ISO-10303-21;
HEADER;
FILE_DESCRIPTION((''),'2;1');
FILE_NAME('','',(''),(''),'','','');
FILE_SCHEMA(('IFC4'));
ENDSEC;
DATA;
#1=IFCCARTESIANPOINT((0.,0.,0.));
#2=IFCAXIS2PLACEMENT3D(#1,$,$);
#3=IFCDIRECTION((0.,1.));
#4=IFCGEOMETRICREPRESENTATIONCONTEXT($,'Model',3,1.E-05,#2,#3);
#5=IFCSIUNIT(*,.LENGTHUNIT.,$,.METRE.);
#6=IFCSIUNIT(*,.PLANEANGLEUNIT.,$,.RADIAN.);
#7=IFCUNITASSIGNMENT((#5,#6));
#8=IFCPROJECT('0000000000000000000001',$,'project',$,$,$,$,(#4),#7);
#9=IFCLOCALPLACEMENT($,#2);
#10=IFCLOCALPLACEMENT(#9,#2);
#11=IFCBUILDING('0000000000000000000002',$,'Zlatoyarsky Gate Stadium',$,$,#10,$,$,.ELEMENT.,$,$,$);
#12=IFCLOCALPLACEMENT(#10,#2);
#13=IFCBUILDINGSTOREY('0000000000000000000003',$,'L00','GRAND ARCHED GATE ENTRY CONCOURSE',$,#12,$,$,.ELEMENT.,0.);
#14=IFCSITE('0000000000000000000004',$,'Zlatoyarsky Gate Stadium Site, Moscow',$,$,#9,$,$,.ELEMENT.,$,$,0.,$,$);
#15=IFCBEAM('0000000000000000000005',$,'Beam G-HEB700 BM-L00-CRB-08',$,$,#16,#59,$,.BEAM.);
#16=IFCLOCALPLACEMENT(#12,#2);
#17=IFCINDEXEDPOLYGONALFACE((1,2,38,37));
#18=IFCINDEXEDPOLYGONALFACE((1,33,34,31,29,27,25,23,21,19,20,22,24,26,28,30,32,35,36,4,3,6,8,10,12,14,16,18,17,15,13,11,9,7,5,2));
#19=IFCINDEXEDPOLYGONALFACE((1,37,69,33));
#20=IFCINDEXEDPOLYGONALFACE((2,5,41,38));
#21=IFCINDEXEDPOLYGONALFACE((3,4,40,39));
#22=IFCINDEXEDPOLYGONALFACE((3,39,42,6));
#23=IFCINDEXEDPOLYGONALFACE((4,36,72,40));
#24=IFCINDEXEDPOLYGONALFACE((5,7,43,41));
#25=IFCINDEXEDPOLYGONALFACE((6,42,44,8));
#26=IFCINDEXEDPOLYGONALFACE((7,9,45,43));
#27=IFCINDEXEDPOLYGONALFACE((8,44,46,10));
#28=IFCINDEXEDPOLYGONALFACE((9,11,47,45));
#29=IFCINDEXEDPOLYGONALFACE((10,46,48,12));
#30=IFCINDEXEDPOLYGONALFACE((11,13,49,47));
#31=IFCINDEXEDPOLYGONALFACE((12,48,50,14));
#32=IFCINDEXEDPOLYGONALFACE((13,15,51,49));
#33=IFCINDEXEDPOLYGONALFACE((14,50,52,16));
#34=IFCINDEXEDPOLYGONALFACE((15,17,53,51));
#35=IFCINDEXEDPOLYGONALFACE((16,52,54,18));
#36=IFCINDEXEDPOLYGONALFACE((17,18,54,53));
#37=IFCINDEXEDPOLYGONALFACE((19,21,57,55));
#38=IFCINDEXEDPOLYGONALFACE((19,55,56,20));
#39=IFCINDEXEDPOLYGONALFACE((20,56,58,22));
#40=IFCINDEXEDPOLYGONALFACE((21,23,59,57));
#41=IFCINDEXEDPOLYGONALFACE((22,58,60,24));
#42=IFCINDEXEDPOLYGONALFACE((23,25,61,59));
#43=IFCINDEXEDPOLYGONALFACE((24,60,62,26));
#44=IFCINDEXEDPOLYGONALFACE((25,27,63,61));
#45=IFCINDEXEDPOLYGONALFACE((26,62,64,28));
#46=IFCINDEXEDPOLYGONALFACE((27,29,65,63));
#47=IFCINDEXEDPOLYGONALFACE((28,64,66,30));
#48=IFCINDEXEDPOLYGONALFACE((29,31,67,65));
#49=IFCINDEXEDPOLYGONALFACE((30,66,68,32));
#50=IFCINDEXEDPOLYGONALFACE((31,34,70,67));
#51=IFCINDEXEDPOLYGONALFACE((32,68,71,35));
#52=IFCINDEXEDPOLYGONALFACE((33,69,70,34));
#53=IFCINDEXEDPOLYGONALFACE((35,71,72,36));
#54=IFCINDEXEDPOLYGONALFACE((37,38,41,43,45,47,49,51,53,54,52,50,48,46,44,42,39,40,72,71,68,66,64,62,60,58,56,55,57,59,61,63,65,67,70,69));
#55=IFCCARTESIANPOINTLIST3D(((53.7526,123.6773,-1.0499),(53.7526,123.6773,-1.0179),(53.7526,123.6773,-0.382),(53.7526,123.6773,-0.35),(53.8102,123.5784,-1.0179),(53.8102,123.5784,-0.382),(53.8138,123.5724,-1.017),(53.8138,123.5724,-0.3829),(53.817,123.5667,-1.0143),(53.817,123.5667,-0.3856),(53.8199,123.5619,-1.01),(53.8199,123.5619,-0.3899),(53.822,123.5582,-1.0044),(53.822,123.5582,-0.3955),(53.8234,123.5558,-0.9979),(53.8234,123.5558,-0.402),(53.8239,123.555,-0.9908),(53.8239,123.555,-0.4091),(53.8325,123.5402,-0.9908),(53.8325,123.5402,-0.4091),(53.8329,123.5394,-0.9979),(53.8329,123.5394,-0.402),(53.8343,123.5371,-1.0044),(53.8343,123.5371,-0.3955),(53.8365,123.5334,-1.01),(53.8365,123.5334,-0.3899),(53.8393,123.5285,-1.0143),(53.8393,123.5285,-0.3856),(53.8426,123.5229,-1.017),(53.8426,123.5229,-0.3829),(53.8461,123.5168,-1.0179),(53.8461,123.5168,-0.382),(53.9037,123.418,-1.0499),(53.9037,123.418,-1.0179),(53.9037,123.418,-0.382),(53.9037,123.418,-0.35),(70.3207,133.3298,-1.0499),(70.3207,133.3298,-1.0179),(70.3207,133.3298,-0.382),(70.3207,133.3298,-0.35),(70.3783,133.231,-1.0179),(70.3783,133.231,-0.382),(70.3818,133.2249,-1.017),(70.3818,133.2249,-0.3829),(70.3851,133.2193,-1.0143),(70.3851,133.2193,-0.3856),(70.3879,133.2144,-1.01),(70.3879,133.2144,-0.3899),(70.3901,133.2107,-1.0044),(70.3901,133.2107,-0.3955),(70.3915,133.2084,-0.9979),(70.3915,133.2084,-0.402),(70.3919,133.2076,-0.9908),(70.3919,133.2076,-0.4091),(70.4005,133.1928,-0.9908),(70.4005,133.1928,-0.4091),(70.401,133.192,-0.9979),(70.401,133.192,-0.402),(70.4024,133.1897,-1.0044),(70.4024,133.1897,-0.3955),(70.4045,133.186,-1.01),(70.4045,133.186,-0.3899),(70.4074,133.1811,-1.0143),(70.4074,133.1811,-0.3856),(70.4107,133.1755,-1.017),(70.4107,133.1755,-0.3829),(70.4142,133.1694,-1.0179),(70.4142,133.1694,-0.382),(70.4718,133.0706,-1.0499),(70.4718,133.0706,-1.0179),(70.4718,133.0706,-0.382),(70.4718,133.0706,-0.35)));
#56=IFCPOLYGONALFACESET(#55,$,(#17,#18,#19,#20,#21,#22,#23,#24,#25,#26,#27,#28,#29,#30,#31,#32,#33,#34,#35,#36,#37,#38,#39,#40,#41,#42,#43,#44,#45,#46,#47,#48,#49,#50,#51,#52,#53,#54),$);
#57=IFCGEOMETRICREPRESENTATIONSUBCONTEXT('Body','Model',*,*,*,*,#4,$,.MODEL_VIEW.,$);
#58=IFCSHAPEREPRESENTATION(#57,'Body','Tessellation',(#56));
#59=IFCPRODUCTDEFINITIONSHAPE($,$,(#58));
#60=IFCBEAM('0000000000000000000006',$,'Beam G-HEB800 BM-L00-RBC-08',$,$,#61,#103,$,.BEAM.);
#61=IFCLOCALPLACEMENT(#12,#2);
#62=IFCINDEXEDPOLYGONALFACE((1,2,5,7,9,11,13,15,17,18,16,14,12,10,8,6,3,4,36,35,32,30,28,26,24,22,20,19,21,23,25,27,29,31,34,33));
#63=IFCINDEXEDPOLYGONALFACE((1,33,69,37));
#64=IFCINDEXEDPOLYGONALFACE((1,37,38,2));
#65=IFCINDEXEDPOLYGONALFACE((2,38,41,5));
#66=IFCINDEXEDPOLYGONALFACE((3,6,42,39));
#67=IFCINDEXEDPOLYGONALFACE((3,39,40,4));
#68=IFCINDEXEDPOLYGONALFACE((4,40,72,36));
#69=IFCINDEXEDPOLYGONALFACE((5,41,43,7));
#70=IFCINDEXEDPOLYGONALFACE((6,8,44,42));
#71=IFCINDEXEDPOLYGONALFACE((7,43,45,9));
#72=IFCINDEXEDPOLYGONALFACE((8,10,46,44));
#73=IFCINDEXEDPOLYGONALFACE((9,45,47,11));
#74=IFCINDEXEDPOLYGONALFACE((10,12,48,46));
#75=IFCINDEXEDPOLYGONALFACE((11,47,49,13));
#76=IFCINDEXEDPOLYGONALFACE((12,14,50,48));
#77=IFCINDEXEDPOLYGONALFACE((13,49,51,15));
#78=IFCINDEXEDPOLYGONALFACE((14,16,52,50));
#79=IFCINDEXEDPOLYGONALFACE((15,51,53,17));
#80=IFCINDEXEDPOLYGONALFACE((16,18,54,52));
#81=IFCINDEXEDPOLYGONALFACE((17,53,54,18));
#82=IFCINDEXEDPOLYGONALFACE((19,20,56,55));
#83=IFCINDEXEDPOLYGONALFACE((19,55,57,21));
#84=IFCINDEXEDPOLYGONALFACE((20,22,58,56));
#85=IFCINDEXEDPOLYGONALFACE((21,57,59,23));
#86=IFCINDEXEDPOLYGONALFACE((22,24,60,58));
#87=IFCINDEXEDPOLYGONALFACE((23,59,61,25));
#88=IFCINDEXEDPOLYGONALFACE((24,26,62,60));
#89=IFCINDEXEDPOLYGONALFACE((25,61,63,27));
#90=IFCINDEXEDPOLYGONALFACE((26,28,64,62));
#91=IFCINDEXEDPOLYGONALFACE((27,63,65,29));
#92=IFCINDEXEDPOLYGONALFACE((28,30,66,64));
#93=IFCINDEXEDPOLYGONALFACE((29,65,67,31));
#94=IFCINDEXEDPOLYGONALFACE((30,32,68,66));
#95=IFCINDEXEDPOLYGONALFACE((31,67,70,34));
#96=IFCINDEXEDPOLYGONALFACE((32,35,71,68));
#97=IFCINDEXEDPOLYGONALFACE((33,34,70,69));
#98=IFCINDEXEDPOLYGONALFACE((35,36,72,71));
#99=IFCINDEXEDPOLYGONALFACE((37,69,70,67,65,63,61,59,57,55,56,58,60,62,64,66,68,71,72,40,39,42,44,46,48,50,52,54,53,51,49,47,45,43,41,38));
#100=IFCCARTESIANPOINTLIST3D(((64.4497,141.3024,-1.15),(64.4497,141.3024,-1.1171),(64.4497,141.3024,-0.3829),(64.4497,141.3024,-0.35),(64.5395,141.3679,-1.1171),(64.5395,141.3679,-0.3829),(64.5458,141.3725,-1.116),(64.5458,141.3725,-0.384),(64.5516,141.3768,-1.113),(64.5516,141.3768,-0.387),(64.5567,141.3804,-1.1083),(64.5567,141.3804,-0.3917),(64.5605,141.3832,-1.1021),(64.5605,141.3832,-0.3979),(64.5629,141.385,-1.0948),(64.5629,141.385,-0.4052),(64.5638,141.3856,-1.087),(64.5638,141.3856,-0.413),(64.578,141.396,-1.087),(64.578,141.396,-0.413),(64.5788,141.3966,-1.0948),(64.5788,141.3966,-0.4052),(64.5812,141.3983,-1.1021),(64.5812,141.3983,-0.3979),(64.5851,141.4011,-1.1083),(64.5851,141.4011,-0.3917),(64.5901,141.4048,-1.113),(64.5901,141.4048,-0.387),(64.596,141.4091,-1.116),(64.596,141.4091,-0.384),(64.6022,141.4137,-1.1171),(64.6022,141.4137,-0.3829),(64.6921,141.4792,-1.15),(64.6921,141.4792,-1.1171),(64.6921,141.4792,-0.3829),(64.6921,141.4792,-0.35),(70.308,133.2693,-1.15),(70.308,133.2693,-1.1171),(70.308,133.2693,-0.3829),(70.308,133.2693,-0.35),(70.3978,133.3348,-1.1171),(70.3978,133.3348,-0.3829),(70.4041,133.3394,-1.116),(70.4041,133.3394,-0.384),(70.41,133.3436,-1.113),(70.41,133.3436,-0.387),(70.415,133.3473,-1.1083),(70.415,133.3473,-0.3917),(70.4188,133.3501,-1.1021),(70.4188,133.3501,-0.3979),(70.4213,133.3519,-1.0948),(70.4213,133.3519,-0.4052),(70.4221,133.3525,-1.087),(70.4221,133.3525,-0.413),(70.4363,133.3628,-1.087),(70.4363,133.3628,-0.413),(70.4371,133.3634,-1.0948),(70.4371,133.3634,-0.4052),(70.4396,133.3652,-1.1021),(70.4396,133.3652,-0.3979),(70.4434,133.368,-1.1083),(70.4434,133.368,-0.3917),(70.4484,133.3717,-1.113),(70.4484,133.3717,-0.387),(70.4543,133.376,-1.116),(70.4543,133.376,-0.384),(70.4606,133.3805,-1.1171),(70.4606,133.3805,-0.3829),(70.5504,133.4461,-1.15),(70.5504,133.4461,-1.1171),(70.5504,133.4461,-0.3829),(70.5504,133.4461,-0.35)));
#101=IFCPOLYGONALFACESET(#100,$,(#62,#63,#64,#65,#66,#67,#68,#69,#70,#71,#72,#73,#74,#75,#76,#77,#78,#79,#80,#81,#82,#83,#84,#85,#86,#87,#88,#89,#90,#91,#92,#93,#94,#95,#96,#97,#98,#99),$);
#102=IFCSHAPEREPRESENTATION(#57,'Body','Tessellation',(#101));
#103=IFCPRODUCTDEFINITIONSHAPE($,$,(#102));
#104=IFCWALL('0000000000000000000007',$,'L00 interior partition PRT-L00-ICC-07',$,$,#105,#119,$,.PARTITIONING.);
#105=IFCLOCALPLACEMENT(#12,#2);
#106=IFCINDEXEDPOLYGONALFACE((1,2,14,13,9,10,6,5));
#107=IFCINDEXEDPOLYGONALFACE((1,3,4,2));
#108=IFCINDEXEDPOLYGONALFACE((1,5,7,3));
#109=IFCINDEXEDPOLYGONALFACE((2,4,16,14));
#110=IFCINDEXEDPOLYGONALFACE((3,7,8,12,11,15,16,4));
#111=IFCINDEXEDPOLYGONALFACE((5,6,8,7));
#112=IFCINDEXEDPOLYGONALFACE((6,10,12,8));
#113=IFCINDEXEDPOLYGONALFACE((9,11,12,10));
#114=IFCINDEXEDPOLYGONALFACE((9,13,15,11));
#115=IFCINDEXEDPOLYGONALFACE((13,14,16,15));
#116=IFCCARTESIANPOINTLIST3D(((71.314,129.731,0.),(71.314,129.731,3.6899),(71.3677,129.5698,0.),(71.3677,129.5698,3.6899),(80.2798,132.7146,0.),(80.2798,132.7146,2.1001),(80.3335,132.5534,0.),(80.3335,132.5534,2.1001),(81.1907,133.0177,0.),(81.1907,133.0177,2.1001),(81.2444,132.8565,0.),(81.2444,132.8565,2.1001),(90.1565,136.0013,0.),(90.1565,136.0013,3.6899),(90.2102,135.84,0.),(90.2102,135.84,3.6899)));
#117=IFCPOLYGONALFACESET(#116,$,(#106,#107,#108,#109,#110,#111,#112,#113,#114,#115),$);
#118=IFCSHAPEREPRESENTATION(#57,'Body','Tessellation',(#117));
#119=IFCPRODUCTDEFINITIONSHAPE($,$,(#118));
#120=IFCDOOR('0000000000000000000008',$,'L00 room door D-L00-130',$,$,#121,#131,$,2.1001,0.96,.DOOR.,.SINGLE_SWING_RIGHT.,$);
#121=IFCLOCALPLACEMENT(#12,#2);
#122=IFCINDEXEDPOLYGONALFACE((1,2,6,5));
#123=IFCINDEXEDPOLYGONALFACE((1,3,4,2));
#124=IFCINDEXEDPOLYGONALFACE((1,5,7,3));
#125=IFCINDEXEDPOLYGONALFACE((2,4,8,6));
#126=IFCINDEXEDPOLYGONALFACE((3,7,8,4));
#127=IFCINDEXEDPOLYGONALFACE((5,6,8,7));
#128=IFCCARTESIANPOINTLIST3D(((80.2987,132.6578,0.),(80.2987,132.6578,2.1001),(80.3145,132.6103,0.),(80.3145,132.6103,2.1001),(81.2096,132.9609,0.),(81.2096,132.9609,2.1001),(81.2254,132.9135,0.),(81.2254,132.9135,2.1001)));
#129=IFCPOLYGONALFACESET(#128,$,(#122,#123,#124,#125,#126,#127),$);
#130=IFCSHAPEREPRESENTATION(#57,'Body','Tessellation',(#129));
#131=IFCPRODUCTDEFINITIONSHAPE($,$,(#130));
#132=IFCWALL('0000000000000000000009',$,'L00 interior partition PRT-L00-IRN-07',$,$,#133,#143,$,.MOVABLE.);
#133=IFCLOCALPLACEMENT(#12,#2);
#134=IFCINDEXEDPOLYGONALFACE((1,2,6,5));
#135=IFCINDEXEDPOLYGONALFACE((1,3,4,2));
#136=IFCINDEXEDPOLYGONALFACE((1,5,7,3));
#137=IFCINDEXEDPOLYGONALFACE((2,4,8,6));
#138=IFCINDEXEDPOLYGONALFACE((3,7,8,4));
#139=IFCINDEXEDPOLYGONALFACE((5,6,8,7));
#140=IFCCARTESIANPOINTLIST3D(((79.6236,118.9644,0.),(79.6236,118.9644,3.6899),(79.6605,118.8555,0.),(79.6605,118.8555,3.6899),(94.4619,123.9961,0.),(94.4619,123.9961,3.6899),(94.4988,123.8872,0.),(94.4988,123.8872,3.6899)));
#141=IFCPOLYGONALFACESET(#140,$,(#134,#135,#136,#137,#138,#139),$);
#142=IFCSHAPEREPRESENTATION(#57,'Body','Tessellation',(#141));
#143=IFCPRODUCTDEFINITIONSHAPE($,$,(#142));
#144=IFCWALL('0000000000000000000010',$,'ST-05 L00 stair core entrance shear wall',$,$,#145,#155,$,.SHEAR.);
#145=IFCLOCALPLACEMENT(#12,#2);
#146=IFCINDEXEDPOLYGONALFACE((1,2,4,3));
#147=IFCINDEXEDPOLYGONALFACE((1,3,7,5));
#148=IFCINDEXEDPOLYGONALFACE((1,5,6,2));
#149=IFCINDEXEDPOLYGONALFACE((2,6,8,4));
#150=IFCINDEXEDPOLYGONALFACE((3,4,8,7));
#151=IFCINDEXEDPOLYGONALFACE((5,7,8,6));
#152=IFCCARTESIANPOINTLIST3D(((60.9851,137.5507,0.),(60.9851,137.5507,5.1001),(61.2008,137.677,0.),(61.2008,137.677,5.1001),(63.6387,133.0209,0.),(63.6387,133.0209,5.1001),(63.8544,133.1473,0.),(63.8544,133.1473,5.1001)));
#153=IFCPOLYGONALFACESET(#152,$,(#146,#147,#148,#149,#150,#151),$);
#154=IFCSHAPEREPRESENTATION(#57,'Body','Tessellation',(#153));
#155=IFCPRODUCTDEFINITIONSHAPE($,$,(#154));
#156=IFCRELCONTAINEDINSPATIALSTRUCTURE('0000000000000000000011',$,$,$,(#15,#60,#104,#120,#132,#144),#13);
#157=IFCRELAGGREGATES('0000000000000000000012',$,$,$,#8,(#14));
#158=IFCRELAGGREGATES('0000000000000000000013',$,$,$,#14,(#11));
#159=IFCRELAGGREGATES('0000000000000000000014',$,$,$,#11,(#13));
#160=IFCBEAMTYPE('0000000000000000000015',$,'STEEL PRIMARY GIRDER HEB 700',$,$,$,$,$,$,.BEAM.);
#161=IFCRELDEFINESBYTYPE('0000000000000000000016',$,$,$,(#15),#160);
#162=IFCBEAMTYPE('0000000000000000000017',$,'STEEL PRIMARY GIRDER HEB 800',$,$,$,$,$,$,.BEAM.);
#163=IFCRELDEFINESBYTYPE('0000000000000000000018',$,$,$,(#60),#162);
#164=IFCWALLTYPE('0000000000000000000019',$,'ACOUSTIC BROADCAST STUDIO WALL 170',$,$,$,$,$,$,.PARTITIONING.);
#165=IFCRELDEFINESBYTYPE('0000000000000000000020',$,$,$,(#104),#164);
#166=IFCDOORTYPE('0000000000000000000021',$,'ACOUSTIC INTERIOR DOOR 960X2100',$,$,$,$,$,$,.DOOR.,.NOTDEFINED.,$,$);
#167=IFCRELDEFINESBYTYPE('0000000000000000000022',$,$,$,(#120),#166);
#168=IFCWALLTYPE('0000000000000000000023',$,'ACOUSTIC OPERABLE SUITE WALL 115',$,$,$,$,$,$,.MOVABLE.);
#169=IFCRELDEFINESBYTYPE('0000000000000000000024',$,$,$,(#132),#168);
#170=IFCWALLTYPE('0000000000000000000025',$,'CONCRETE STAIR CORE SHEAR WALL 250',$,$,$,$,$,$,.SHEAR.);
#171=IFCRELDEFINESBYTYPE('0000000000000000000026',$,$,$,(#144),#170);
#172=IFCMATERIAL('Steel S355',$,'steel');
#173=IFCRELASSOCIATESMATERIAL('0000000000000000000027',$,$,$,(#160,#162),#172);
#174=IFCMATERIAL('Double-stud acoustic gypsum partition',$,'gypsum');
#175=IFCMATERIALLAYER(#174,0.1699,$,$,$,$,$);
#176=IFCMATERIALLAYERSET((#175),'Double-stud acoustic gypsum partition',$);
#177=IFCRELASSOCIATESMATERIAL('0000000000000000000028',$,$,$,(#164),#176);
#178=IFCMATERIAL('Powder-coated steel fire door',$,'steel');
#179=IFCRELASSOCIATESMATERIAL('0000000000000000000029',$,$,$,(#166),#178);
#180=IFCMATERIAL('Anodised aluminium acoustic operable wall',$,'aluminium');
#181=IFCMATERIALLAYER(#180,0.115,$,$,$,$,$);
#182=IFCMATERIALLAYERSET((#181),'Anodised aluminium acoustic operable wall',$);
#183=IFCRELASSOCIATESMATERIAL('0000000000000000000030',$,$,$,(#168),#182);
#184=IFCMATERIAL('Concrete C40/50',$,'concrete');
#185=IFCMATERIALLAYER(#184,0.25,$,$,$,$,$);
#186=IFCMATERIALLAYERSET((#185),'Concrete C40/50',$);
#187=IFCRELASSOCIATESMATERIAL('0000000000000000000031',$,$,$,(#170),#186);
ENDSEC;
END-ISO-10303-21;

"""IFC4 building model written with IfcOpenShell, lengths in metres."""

from ifc_helpers import new_model, si_unit, direction, frame, frame_2d, origin, origin_2d, place, context, subcontext, project, spatial, rectangle, i_section, extrude, material, layer, layer_set, material_profile, profile_set, type_object, element, fill, save


model = new_model("IFC4")

# Units and contexts
model_context = context("Model", 3, precision=1e-05, world=origin(), true_north=direction((0.0, 1.0)))
body_context = subcontext(model_context, "Body", "Model", "MODEL_VIEW")
ifc_project = project(units=[si_unit("LENGTHUNIT", "METRE"), si_unit("PLANEANGLEUNIT", "RADIAN")], contexts=[model_context])

# Site, building, storey
site_placement = place(None, origin())
site = spatial("IfcSite", under=ifc_project, at=site_placement, Name="Zlatoyarsky Gate Stadium Site, Moscow", CompositionType="ELEMENT", RefElevation=0.0)
building_placement = place(site_placement, origin())
building = spatial("IfcBuilding", under=site, at=building_placement, Name="Zlatoyarsky Gate Stadium", CompositionType="ELEMENT")
storey_placement = place(building_placement, origin())
storey = spatial("IfcBuildingStorey", under=building, at=storey_placement, Name="L00", Description="GRAND ARCHED GATE ENTRY CONCOURSE", CompositionType="ELEMENT", Elevation=0.0)

# Shared definitions
ifc_material_1 = material(Name="Concrete C40/50", Category="concrete")

# Beams
ifc_material_2 = material(Name="Steel S355", Category="steel")
ifc_material_profile_1 = material_profile(ifc_material_2, i_section(OverallWidth=0.3, OverallDepth=0.7, WebThickness=0.0171, FlangeThickness=0.032, FilletRadius=0.0271, at=origin_2d()), Name="HEB 700")
ifc_profile_set_1 = profile_set([ifc_material_profile_1], Name="Steel S355")
beam_type_1 = type_object("IfcBeamType", Name="STEEL PRIMARY GIRDER HEB 700", PredefinedType="BEAM", material=ifc_profile_set_1)
beam_1_placement = place(storey_placement, frame((70.3962, 133.2002, -0.7), z_axis=(-0.864054, -0.503398, 0.0), x_axis=(0.503398, -0.864054, 0.0)))
element("IfcBeam", 1, at=beam_1_placement, inside=storey, type_object=beam_type_1, Name="Beam G-HEB700 BM-L00-CRB-08", PredefinedType="BEAM", context=body_context, shape_type="SweptSolid", body=[
    extrude(i_section(OverallWidth=0.3, OverallDepth=0.7, WebThickness=0.0171, FlangeThickness=0.032, FilletRadius=0.0271, at=origin_2d()), origin(), (0.0, 0.0, 1.0), 19.1748),
])
ifc_material_profile_2 = material_profile(ifc_material_2, i_section(OverallWidth=0.3, OverallDepth=0.8, WebThickness=0.0176, FlangeThickness=0.033, FilletRadius=0.03, at=origin_2d()), Name="HEB 800")
ifc_profile_set_2 = profile_set([ifc_material_profile_2], Name="Steel S355")
beam_type_2 = type_object("IfcBeamType", Name="STEEL PRIMARY GIRDER HEB 800", PredefinedType="BEAM", material=ifc_profile_set_2)
beam_2_placement = place(storey_placement, frame((70.4292, 133.3577, -0.75), z_axis=(-0.589228, 0.807967, 0.0), x_axis=(-0.807967, -0.589228, 0.0)))
element("IfcBeam", 2, at=beam_2_placement, inside=storey, type_object=beam_type_2, Name="Beam G-HEB800 BM-L00-RBC-08", PredefinedType="BEAM", context=body_context, shape_type="SweptSolid", body=[
    extrude(i_section(OverallWidth=0.3, OverallDepth=0.8, WebThickness=0.0176, FlangeThickness=0.033, FilletRadius=0.03, at=origin_2d()), origin(), (0.0, 0.0, 1.0), 9.9424),
])

# Wall, opening, door
ifc_material_3 = material(Name="Double-stud acoustic gypsum partition", Category="gypsum")
ifc_layer_1 = layer(ifc_material_3, 0.1699)
ifc_layer_set_1 = layer_set([ifc_layer_1], Name="Double-stud acoustic gypsum partition")
wall_type_1 = type_object("IfcWallType", Name="ACOUSTIC BROADCAST STUDIO WALL 170", PredefinedType="PARTITIONING", material=ifc_layer_set_1)
wall_1_placement = place(storey_placement, frame((90.1833, 135.9207, 0.0), z_axis=(0.0, 0.0, 1.0), x_axis=(-0.948843, -0.315748, 0.0)))
wall_1 = element("IfcWall", 3, at=wall_1_placement, inside=storey, type_object=wall_type_1, Name="L00 interior partition PRT-L00-ICC-07", PredefinedType="PARTITIONING", context=body_context, shape_type="SweptSolid", body=[
    extrude(rectangle(XDim=19.8584, YDim=0.1699, at=frame_2d((9.9292, 0.0))), origin(), (0.0, 0.0, 1.0), 3.6899),
])
opening_1_placement = place(wall_1_placement, frame((9.4492, 0.0, 0.0)))
opening_1 = element("IfcOpeningElement", 4, at=opening_1_placement, cuts=wall_1, PredefinedType="OPENING", context=body_context, shape_type="SweptSolid", body=[
    extrude(rectangle(XDim=0.96, YDim=2.1001, at=frame_2d((0.48, 1.05))), frame((0.0, 0.095, 0.0), z_axis=(0.0, -1.0, 0.0), x_axis=(1.0, 0.0, 0.0)), (0.0, 0.0, 1.0), 0.1899),
])
ifc_material_4 = material(Name="Powder-coated steel fire door", Category="steel")
door_type_1 = type_object("IfcDoorType", Name="ACOUSTIC INTERIOR DOOR 960X2100", OperationType="NOTDEFINED", PredefinedType="DOOR", material=ifc_material_4)
door_1_placement = place(opening_1_placement, origin())
door_1 = element("IfcDoor", 5, at=door_1_placement, inside=storey, type_object=door_type_1, Name="L00 room door D-L00-130", OperationType="SINGLE_SWING_RIGHT", OverallHeight=2.1001, OverallWidth=0.96, PredefinedType="DOOR", context=body_context, shape_type="SweptSolid", body=[
    extrude(rectangle(XDim=0.96, YDim=2.1001, at=frame_2d((0.48, 1.05))), frame((0.0, 0.0249, 0.0), z_axis=(0.0, -1.0, 0.0), x_axis=(1.0, 0.0, 0.0)), (0.0, 0.0, 1.0), 0.05),
])
fill(opening_1, door_1)

# Walls
ifc_material_5 = material(Name="Anodised aluminium acoustic operable wall", Category="aluminium")
ifc_layer_2 = layer(ifc_material_5, 0.115)
ifc_layer_set_2 = layer_set([ifc_layer_2], Name="Anodised aluminium acoustic operable wall")
wall_type_2 = type_object("IfcWallType", Name="ACOUSTIC OPERABLE SUITE WALL 115", PredefinedType="MOVABLE", material=ifc_layer_set_2)
wall_2_placement = place(storey_placement, frame((94.4802, 123.9417, 0.0), z_axis=(0.0, 0.0, 1.0), x_axis=(-0.947031, -0.321141, 0.0)))
element("IfcWall", 6, at=wall_2_placement, inside=storey, type_object=wall_type_2, Name="L00 interior partition PRT-L00-IRN-07", PredefinedType="MOVABLE", context=body_context, shape_type="SweptSolid", body=[
    extrude(rectangle(XDim=15.6682, YDim=0.115, at=frame_2d((7.834, 0.0))), origin(), (0.0, 0.0, 1.0), 3.6899),
])
ifc_layer_3 = layer(ifc_material_1, 0.25)
ifc_layer_set_3 = layer_set([ifc_layer_3], Name="Concrete C40/50")
wall_type_3 = type_object("IfcWallType", Name="CONCRETE STAIR CORE SHEAR WALL 250", PredefinedType="SHEAR", material=ifc_layer_set_3)
wall_3_placement = place(storey_placement, frame((63.7466, 133.084, 0.0), z_axis=(0.0, 0.0, 1.0), x_axis=(-0.50546, 0.86285, 0.0)))
element("IfcWall", 7, at=wall_3_placement, inside=storey, type_object=wall_type_3, Name="ST-05 L00 stair core entrance shear wall", PredefinedType="SHEAR", context=body_context, shape_type="SweptSolid", body=[
    extrude(rectangle(XDim=5.2498, YDim=0.25, at=frame_2d((2.625, 0.0))), origin(), (0.0, 0.0, 1.0), 5.1001),
])

save(model, "model.ifc")
